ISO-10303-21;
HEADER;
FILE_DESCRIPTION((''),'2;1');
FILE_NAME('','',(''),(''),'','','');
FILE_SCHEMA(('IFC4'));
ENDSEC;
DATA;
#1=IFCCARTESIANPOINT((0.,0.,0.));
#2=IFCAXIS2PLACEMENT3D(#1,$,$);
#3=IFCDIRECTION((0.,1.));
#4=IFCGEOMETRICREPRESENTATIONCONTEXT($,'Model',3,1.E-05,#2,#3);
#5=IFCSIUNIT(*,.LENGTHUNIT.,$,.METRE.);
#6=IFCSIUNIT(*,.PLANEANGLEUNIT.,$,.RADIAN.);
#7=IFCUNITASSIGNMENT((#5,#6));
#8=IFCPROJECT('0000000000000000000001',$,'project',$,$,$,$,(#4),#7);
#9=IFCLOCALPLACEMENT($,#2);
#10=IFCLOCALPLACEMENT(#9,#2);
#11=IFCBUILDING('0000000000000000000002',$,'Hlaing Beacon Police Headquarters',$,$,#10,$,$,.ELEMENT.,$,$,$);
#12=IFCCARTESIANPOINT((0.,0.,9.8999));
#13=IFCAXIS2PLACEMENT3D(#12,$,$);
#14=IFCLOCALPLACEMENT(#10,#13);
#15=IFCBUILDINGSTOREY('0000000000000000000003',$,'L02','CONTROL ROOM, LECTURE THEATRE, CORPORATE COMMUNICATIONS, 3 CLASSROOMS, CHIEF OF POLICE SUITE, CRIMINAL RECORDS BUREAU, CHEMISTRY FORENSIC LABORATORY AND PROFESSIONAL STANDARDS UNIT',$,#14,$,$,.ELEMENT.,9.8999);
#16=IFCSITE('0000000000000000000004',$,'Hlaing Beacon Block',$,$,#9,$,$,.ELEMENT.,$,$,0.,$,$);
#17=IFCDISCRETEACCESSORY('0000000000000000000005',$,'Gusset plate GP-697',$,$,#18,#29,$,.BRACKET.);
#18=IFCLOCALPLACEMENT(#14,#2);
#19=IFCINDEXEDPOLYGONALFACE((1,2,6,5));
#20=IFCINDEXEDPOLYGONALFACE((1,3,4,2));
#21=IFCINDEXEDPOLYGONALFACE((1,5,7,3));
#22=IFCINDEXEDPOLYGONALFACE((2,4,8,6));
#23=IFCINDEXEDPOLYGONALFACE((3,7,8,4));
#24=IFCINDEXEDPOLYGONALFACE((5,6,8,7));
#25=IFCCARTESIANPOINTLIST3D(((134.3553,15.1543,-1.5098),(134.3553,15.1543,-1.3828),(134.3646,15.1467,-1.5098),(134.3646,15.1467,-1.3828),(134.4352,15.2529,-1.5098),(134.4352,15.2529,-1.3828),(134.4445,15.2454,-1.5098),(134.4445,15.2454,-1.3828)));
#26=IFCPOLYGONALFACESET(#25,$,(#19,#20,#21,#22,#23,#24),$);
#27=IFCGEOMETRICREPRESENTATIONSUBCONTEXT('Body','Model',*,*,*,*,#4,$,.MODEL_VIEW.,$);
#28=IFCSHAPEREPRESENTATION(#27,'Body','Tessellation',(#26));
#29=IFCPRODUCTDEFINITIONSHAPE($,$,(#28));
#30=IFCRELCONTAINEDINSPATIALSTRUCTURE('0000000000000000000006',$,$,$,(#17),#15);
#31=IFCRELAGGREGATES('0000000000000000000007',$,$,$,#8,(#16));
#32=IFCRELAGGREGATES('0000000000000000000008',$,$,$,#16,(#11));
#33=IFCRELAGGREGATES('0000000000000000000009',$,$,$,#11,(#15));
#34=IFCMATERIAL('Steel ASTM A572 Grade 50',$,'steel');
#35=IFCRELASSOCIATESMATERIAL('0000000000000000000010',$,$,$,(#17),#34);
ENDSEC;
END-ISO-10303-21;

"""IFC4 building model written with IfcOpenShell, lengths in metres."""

from ifc_helpers import new_model, si_unit, direction, frame, origin, origin_2d, place, context, subcontext, project, spatial, rectangle, extrude, material, element, save


model = new_model("IFC4")

# Units and contexts
model_context = context("Model", 3, precision=1e-05, world=origin(), true_north=direction((0.0, 1.0)))
body_context = subcontext(model_context, "Body", "Model", "MODEL_VIEW")
ifc_project = project(units=[si_unit("LENGTHUNIT", "METRE"), si_unit("PLANEANGLEUNIT", "RADIAN")], contexts=[model_context])

# Site, building, storey
site_placement = place(None, origin())
site = spatial("IfcSite", under=ifc_project, at=site_placement, Name="Hlaing Beacon Block", CompositionType="ELEMENT", RefElevation=0.0)
building_placement = place(site_placement, origin())
building = spatial("IfcBuilding", under=site, at=building_placement, Name="Hlaing Beacon Police Headquarters", CompositionType="ELEMENT")
storey_placement = place(building_placement, frame((0.0, 0.0, 9.8999)))
storey = spatial("IfcBuildingStorey", under=building, at=storey_placement, Name="L02", Description="CONTROL ROOM, LECTURE THEATRE, CORPORATE COMMUNICATIONS, 3 CLASSROOMS, CHIEF OF POLICE SUITE, CRIMINAL RECORDS BUREAU, CHEMISTRY FORENSIC LABORATORY AND PROFESSIONAL STANDARDS UNIT", CompositionType="ELEMENT", Elevation=9.8999)

# Discrete accessory
ifc_material_1 = material(Name="Steel ASTM A572 Grade 50", Category="steel")
for number, where, z_axis, x_axis, name in (
    (1, (134.3953, 15.2036, -1.4463), (0.777239, -0.629205, 0.0), (0.629205, 0.777239, 0.0), "Gusset plate GP-697"),
):
    element("IfcDiscreteAccessory", number, at=place(storey_placement, frame(where, z_axis=z_axis, x_axis=x_axis)), inside=storey, material=ifc_material_1, Name=name, PredefinedType="BRACKET", context=body_context, shape_type="SweptSolid", body=[
        extrude(rectangle(XDim=0.127, YDim=0.127, at=origin_2d()), origin(), (0.0, 0.0, 1.0), 0.012),
    ])

save(model, "model.ifc")
